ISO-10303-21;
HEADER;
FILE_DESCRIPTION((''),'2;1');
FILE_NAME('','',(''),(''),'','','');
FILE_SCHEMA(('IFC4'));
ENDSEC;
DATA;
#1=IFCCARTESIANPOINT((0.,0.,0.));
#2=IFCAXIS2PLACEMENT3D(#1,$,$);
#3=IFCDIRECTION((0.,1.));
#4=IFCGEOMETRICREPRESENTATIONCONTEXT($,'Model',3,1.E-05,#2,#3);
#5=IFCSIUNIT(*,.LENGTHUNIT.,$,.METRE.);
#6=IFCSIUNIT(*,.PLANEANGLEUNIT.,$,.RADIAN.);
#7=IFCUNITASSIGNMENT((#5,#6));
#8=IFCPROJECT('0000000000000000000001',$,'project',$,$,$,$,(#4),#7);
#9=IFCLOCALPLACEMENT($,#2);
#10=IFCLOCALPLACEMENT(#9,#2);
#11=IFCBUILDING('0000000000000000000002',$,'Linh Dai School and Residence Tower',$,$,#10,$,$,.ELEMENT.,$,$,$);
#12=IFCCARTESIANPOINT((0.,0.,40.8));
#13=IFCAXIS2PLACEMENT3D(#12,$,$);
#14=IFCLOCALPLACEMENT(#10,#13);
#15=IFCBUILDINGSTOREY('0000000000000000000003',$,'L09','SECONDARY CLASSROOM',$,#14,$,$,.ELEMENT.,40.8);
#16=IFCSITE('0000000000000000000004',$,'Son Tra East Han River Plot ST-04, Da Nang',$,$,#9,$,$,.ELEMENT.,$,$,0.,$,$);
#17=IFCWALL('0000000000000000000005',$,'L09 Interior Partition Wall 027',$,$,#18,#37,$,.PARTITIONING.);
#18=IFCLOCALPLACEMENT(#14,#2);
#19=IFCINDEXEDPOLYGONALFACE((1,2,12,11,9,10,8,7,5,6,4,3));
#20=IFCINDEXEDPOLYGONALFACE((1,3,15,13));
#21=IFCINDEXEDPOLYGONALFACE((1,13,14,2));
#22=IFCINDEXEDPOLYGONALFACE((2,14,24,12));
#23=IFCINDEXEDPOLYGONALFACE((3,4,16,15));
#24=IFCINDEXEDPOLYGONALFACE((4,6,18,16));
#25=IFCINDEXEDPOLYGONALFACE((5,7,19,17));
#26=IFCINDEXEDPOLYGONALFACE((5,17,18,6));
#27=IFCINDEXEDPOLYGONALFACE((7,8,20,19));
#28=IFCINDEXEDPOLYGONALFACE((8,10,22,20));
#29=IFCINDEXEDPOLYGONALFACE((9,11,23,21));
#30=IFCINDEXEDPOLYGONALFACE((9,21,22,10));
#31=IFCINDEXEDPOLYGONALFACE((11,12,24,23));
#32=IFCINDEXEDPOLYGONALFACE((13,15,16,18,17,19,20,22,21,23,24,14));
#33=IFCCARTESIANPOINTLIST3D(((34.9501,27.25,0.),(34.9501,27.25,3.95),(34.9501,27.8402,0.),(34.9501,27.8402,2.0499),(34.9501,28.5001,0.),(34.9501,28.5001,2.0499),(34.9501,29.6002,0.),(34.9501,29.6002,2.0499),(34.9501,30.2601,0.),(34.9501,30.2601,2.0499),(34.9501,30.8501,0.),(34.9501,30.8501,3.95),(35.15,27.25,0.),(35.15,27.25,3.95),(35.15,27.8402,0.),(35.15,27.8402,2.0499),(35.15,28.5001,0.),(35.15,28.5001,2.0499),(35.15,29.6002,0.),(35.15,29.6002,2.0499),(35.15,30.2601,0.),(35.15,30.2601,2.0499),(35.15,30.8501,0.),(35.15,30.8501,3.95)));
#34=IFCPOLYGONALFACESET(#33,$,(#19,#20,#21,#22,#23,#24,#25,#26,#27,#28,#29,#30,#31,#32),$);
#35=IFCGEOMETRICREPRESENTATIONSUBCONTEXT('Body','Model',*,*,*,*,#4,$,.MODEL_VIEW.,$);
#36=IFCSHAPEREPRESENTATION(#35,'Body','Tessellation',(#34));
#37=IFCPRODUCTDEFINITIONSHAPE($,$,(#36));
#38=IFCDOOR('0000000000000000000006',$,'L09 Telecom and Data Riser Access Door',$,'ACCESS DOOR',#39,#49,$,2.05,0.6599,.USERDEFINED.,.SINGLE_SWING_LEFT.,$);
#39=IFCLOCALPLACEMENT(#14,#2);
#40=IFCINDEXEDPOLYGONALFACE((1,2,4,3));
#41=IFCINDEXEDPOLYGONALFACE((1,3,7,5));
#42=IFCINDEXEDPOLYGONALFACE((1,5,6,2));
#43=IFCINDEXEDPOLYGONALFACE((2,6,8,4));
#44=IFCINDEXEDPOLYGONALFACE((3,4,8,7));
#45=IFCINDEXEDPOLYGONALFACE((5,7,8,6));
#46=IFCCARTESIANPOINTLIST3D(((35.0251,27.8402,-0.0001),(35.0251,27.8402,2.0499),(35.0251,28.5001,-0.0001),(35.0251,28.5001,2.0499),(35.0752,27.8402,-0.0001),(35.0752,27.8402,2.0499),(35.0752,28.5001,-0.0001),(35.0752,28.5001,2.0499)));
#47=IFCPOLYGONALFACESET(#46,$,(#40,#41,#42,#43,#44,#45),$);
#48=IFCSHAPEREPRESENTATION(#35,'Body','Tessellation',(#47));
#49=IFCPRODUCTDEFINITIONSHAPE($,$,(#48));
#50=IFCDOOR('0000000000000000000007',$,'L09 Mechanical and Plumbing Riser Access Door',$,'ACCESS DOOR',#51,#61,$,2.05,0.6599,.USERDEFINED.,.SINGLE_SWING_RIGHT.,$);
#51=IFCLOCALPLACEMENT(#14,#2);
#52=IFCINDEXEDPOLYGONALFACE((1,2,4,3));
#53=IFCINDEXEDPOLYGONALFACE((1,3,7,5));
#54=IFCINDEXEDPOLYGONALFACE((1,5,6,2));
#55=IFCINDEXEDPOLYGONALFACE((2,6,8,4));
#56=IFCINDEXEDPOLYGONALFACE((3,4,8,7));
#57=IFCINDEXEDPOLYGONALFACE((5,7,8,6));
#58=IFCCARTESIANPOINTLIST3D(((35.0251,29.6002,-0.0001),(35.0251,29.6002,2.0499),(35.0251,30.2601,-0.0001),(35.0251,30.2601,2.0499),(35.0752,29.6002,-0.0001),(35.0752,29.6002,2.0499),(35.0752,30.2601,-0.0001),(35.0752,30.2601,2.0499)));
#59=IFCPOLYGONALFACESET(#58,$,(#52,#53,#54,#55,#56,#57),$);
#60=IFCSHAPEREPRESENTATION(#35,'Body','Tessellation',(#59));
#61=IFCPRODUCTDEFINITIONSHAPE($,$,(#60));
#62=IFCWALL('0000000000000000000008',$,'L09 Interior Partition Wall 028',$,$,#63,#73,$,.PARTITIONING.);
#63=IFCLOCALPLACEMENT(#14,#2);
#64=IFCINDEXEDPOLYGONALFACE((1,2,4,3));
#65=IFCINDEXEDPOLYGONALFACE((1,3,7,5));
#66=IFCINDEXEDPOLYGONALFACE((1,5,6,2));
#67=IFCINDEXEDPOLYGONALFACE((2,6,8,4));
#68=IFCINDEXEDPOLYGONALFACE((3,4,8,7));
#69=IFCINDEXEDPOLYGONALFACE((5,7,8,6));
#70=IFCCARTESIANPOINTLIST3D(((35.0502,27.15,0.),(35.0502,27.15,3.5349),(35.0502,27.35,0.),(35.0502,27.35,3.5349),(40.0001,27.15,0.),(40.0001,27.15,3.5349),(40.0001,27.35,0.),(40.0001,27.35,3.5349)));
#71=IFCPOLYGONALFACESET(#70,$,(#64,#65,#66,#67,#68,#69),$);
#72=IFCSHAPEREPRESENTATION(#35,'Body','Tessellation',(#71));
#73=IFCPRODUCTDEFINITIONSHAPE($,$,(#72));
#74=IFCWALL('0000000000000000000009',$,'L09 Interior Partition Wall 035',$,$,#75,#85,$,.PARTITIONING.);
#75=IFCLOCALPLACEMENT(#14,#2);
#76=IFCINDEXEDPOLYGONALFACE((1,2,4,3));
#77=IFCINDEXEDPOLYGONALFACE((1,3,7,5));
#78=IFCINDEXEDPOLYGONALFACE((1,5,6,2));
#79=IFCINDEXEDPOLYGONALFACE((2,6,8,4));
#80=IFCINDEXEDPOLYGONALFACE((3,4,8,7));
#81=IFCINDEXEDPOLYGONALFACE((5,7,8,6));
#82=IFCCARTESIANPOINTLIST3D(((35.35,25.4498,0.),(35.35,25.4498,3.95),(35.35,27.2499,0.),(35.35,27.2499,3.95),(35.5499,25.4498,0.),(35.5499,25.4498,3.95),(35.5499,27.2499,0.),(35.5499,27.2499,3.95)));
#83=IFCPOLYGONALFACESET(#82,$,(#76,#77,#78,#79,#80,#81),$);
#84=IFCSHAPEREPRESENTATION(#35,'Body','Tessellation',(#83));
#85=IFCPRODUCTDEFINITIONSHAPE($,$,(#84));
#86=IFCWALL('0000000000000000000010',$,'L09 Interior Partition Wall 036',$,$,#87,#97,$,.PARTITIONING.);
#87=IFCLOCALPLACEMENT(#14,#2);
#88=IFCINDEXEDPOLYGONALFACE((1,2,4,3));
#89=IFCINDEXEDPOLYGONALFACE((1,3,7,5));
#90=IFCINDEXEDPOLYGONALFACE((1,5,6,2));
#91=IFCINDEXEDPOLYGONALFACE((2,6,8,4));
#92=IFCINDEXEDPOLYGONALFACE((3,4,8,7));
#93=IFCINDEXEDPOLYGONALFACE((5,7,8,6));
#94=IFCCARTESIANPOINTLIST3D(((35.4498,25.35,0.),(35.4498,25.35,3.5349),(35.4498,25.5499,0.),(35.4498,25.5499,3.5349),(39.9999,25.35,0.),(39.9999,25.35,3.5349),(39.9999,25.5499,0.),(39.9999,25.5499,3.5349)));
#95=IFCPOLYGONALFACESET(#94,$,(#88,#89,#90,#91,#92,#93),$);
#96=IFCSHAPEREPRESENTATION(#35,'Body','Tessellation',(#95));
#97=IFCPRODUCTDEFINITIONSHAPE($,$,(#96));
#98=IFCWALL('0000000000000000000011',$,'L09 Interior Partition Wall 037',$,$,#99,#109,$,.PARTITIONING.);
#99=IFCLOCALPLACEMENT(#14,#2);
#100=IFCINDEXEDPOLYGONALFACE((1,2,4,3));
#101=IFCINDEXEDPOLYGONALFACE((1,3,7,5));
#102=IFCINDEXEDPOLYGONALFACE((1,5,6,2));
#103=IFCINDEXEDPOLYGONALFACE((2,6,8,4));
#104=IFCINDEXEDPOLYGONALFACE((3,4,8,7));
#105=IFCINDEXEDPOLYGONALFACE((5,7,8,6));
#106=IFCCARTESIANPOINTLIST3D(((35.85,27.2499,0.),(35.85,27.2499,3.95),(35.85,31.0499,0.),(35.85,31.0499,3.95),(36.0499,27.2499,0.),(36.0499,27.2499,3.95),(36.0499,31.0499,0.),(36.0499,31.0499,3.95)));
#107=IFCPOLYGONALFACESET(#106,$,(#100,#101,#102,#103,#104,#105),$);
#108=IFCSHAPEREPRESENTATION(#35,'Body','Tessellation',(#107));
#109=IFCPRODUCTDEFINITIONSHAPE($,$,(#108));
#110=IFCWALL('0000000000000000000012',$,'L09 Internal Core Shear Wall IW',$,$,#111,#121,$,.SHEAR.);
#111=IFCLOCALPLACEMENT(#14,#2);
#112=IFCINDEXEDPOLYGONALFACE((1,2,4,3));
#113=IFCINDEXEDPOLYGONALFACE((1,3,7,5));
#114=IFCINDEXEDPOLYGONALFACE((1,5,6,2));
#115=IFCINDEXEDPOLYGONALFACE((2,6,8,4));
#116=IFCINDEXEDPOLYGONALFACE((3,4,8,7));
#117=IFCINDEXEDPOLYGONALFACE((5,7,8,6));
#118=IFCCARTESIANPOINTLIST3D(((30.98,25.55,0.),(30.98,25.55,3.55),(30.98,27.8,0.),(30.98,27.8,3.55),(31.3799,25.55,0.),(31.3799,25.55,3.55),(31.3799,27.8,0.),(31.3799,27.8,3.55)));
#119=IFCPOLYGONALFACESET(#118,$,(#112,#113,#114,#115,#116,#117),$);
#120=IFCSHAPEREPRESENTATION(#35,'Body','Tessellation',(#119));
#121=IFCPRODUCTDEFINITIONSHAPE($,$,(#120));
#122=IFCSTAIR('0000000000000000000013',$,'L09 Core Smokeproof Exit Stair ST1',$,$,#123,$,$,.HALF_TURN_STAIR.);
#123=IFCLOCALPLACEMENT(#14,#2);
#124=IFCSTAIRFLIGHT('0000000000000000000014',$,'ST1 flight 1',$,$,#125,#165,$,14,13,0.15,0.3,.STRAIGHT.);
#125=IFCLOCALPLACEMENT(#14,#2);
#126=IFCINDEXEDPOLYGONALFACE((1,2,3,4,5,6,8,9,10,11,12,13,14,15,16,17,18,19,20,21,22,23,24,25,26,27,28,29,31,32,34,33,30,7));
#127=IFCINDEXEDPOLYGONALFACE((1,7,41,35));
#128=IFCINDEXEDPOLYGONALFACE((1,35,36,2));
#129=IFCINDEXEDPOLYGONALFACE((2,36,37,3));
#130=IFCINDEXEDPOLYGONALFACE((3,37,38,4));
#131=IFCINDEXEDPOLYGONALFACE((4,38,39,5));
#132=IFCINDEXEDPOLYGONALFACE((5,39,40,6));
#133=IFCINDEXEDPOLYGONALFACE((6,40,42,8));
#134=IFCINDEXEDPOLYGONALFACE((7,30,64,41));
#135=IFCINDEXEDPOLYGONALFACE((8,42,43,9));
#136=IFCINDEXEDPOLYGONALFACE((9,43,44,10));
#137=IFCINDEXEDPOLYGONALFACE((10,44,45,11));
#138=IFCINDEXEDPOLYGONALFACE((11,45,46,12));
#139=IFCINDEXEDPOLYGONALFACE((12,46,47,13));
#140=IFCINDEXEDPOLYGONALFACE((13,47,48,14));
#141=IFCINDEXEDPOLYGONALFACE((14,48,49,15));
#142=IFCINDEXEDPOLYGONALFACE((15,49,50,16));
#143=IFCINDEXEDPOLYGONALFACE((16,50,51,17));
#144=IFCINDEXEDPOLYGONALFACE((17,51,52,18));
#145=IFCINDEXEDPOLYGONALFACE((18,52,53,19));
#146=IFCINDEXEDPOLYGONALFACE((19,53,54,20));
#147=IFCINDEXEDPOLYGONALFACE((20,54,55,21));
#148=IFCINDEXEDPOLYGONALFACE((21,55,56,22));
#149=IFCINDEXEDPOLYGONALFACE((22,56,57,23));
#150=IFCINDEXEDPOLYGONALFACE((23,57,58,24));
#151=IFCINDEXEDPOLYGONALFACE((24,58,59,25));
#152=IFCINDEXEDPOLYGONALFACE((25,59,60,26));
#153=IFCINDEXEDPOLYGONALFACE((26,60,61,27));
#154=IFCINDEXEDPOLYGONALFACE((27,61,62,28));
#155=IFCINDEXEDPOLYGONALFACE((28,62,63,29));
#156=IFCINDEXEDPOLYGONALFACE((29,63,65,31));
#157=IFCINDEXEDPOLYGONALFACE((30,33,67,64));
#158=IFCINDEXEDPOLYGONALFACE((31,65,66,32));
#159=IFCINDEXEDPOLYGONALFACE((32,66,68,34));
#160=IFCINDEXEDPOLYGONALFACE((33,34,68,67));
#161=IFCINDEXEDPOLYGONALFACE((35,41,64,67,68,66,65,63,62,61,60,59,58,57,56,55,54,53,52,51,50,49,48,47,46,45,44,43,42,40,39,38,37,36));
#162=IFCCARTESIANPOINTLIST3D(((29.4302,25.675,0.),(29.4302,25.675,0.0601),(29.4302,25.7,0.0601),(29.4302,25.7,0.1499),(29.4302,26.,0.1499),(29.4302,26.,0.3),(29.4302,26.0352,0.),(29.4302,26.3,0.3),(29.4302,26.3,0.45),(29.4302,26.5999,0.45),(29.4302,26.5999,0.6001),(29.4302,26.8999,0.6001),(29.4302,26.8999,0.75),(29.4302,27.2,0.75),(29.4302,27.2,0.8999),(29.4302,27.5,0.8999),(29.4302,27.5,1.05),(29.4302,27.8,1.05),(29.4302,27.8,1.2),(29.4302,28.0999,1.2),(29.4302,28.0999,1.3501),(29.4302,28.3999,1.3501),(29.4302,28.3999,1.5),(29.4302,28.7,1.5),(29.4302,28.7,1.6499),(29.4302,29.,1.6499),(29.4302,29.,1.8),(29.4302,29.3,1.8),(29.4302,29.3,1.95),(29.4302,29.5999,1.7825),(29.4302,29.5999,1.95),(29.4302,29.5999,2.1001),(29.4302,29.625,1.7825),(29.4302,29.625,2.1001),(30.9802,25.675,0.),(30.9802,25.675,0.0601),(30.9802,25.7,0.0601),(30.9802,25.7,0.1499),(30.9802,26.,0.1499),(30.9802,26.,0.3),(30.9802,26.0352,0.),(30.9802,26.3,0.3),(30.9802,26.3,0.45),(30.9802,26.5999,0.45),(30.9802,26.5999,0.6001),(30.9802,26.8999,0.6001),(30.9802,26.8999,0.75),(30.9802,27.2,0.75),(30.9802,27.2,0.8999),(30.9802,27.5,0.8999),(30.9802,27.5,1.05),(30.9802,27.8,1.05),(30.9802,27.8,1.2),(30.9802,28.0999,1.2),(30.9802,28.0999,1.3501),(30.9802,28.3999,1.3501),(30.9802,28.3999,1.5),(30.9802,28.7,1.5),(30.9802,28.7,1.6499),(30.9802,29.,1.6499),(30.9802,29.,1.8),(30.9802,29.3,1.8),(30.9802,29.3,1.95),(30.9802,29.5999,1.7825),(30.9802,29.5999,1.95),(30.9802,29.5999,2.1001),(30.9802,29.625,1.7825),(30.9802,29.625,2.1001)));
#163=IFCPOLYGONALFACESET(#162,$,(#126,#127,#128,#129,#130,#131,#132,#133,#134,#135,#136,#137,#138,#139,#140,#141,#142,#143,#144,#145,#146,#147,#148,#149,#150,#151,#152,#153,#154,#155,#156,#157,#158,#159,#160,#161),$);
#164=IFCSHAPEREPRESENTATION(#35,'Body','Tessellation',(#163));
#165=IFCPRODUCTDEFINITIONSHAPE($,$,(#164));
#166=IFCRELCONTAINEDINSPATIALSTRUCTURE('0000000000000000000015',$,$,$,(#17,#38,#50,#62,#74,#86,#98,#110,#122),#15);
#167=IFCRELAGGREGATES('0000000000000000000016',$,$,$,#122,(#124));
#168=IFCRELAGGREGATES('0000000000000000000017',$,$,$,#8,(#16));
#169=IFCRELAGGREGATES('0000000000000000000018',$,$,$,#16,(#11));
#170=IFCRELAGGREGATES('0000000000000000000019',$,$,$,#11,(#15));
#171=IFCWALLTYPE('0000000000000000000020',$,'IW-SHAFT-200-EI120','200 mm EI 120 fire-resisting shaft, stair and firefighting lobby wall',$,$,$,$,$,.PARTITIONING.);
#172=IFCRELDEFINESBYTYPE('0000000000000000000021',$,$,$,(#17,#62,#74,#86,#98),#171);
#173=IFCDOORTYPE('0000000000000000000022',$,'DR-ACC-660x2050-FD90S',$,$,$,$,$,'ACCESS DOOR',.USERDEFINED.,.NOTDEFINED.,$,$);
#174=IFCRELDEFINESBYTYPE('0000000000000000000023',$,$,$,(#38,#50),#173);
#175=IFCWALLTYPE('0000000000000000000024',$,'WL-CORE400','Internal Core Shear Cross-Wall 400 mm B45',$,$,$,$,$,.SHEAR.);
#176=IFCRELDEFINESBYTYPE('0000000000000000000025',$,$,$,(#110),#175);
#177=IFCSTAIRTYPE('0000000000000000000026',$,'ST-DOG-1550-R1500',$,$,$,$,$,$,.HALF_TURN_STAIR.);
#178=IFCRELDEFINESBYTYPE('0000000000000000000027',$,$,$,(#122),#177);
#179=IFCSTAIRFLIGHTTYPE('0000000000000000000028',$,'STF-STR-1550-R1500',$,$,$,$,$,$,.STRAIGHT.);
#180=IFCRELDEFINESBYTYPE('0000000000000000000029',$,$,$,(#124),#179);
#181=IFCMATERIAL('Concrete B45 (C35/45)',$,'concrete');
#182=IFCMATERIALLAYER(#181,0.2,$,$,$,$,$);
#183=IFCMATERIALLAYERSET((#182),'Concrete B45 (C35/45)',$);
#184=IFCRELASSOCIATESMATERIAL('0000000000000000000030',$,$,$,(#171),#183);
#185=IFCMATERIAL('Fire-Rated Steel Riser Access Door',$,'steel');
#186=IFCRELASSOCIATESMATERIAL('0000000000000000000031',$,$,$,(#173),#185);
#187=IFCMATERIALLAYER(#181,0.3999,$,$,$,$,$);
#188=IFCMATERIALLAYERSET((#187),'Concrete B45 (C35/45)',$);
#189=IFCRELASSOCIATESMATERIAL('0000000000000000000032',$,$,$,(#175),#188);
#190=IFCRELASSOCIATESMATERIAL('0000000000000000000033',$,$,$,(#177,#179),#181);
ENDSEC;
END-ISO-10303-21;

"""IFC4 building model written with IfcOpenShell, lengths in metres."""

from ifc_helpers import new_model, si_unit, direction, frame, frame_2d, origin, origin_2d, place, context, subcontext, project, spatial, polyline, rectangle, outline, extrude, source, transform, mapped, material, layer, layer_set, type_object, element, fill, aggregate, save


model = new_model("IFC4")

# Units and contexts
model_context = context("Model", 3, precision=1e-05, world=origin(), true_north=direction((0.0, 1.0)))
body_context = subcontext(model_context, "Body", "Model", "MODEL_VIEW")
ifc_project = project(units=[si_unit("LENGTHUNIT", "METRE"), si_unit("PLANEANGLEUNIT", "RADIAN")], contexts=[model_context])

# Site, building, storey
site_placement = place(None, origin())
site = spatial("IfcSite", under=ifc_project, at=site_placement, Name="Son Tra East Han River Plot ST-04, Da Nang", CompositionType="ELEMENT", RefElevation=0.0)
building_placement = place(site_placement, origin())
building = spatial("IfcBuilding", under=site, at=building_placement, Name="Linh Dai School and Residence Tower", CompositionType="ELEMENT")
storey_placement = place(building_placement, frame((0.0, 0.0, 40.8)))
storey = spatial("IfcBuildingStorey", under=building, at=storey_placement, Name="L09", Description="SECONDARY CLASSROOM", CompositionType="ELEMENT", Elevation=40.8)

# Shared definitions
ifc_material_1 = material(Name="Concrete B45 (C35/45)", Category="concrete")
ifc_layer_1 = layer(ifc_material_1, 0.2)
ifc_layer_set_1 = layer_set([ifc_layer_1], Name="Concrete B45 (C35/45)")
wall_type_1 = type_object("IfcWallType", Name="IW-SHAFT-200-EI120", Description="200 mm EI 120 fire-resisting shaft, stair and firefighting lobby wall", PredefinedType="PARTITIONING", material=ifc_layer_set_1)

# Wall, openings, doors
wall_1_placement = place(storey_placement, frame((35.05, 27.25, 0.0), z_axis=(0.0, 0.0, 1.0), x_axis=(0.0, 1.0, 0.0)))
wall_1 = element("IfcWall", 1, at=wall_1_placement, inside=storey, type_object=wall_type_1, Name="L09 Interior Partition Wall 027", PredefinedType="PARTITIONING", context=body_context, shape_type="SweptSolid", body=[
    extrude(rectangle(XDim=3.6001, YDim=0.2, at=frame_2d((1.8, 0.0))), origin(), (0.0, 0.0, 1.0), 3.95),
])
opening_1_placement = place(wall_1_placement, frame((0.5901, 0.0, 0.0)))
opening_1 = element("IfcOpeningElement", 2, at=opening_1_placement, cuts=wall_1, PredefinedType="OPENING", context=body_context, shape_type="SweptSolid", body=[
    extrude(rectangle(XDim=0.6599, YDim=2.05, at=origin_2d()), frame((0.3301, 0.1099, 1.0249), z_axis=(0.0, -1.0, 0.0), x_axis=(1.0, 0.0, 0.0)), (0.0, 0.0, 1.0), 0.22),
])
opening_2_placement = place(wall_1_placement, frame((2.3501, 0.0, 0.0)))
opening_2 = element("IfcOpeningElement", 3, at=opening_2_placement, cuts=wall_1, PredefinedType="OPENING", context=body_context, shape_type="SweptSolid", body=[
    extrude(rectangle(XDim=0.6599, YDim=2.05, at=origin_2d()), frame((0.3301, 0.1099, 1.0249), z_axis=(0.0, -1.0, 0.0), x_axis=(1.0, 0.0, 0.0)), (0.0, 0.0, 1.0), 0.22),
])
ifc_material_2 = material(Name="Fire-Rated Steel Riser Access Door", Category="steel")
door_type_1 = type_object("IfcDoorType", Name="DR-ACC-660x2050-FD90S", ElementType="ACCESS DOOR", OperationType="NOTDEFINED", PredefinedType="USERDEFINED", material=ifc_material_2)
shared_shape_1 = source(origin(), body_context, "Body", "SweptSolid", [
    extrude(rectangle(XDim=0.6599, YDim=2.05, at=origin_2d()), frame((0.3301, 0.0249, 1.0249), z_axis=(0.0, -1.0, 0.0), x_axis=(1.0, 0.0, 0.0)), (0.0, 0.0, 1.0), 0.05),
])
door_1_placement = place(opening_1_placement, origin())
door_1 = element("IfcDoor", 4, at=door_1_placement, inside=storey, type_object=door_type_1, Name="L09 Telecom and Data Riser Access Door", ObjectType="ACCESS DOOR", OperationType="SINGLE_SWING_LEFT", OverallHeight=2.05, OverallWidth=0.6599, PredefinedType="USERDEFINED", context=body_context, shape_type="MappedRepresentation", body=[
    mapped(shared_shape_1, transform((0.0, 0.0, 0.0), x_axis=(1.0, 0.0, 0.0), y_axis=(0.0, 1.0, 0.0), z_axis=(0.0, 0.0, 1.0), scale=1.0)),
])
fill(opening_1, door_1)
door_2_placement = place(opening_2_placement, origin())
door_2 = element("IfcDoor", 5, at=door_2_placement, inside=storey, type_object=door_type_1, Name="L09 Mechanical and Plumbing Riser Access Door", ObjectType="ACCESS DOOR", OperationType="SINGLE_SWING_RIGHT", OverallHeight=2.05, OverallWidth=0.6599, PredefinedType="USERDEFINED", context=body_context, shape_type="MappedRepresentation", body=[
    mapped(shared_shape_1, transform((0.0, 0.0, 0.0), x_axis=(1.0, 0.0, 0.0), y_axis=(0.0, 1.0, 0.0), z_axis=(0.0, 0.0, 1.0), scale=1.0)),
])
fill(opening_2, door_2)

# Walls
wall_2_placement = place(storey_placement, frame((35.05, 27.25, 0.0), z_axis=(0.0, 0.0, 1.0), x_axis=(1.0, 0.0, 0.0)))
element("IfcWall", 6, at=wall_2_placement, inside=storey, type_object=wall_type_1, Name="L09 Interior Partition Wall 028", PredefinedType="PARTITIONING", context=body_context, shape_type="SweptSolid", body=[
    extrude(rectangle(XDim=4.95, YDim=0.2, at=frame_2d((2.4751, 0.0))), origin(), (0.0, 0.0, 1.0), 3.5349),
])
wall_3_placement = place(storey_placement, frame((35.45, 25.45, 0.0), z_axis=(0.0, 0.0, 1.0), x_axis=(0.0, 1.0, 0.0)))
element("IfcWall", 7, at=wall_3_placement, inside=storey, type_object=wall_type_1, Name="L09 Interior Partition Wall 035", PredefinedType="PARTITIONING", context=body_context, shape_type="SweptSolid", body=[
    extrude(rectangle(XDim=1.8, YDim=0.2, at=frame_2d((0.8999, 0.0))), origin(), (0.0, 0.0, 1.0), 3.95),
])
wall_4_placement = place(storey_placement, frame((35.45, 25.45, 0.0), z_axis=(0.0, 0.0, 1.0), x_axis=(1.0, 0.0, 0.0)))
element("IfcWall", 8, at=wall_4_placement, inside=storey, type_object=wall_type_1, Name="L09 Interior Partition Wall 036", PredefinedType="PARTITIONING", context=body_context, shape_type="SweptSolid", body=[
    extrude(rectangle(XDim=4.55, YDim=0.2, at=frame_2d((2.2749, 0.0))), origin(), (0.0, 0.0, 1.0), 3.5349),
])
wall_5_placement = place(storey_placement, frame((35.95, 27.25, 0.0), z_axis=(0.0, 0.0, 1.0), x_axis=(0.0, 1.0, 0.0)))
element("IfcWall", 9, at=wall_5_placement, inside=storey, type_object=wall_type_1, Name="L09 Interior Partition Wall 037", PredefinedType="PARTITIONING", context=body_context, shape_type="SweptSolid", body=[
    extrude(rectangle(XDim=3.8, YDim=0.2, at=frame_2d((1.8999, 0.0))), origin(), (0.0, 0.0, 1.0), 3.95),
])
ifc_layer_2 = layer(ifc_material_1, 0.3999)
ifc_layer_set_2 = layer_set([ifc_layer_2], Name="Concrete B45 (C35/45)")
wall_type_2 = type_object("IfcWallType", Name="WL-CORE400", Description="Internal Core Shear Cross-Wall 400 mm B45", PredefinedType="SHEAR", material=ifc_layer_set_2)
wall_6_placement = place(storey_placement, frame((31.1799, 25.55, 0.0), z_axis=(0.0, 0.0, 1.0), x_axis=(0.0, 1.0, 0.0)))
element("IfcWall", 10, at=wall_6_placement, inside=storey, type_object=wall_type_2, Name="L09 Internal Core Shear Wall IW", PredefinedType="SHEAR", context=body_context, shape_type="SweptSolid", body=[
    extrude(rectangle(XDim=2.25, YDim=0.3999, at=frame_2d((1.125, 0.0))), origin(), (0.0, 0.0, 1.0), 3.55),
])

# Stair, stair flight
stair_type = type_object("IfcStairType", Name="ST-DOG-1550-R1500", PredefinedType="HALF_TURN_STAIR", material=ifc_material_1)
stair_placement = place(storey_placement, origin())
stair = element("IfcStair", 11, at=stair_placement, inside=storey, type_object=stair_type, Name="L09 Core Smokeproof Exit Stair ST1", PredefinedType="HALF_TURN_STAIR")
stair_flight_type = type_object("IfcStairFlightType", Name="STF-STR-1550-R1500", PredefinedType="STRAIGHT", material=ifc_material_1)
shared_shape_2 = source(origin(), body_context, "Body", "SweptSolid", [
    extrude(outline(polyline([(-0.0249, 0.0), (-0.0249, 0.0601), (0.0, 0.0601), (0.0, 0.1499), (0.3, 0.1499), (0.3, 0.3), (0.6001, 0.3), (0.6001, 0.45), (0.8999, 0.45), (0.8999, 0.6001), (1.2, 0.6001), (1.2, 0.75), (1.5, 0.75), (1.5, 0.8999), (1.8, 0.8999), (1.8, 1.05), (2.1001, 1.05), (2.1001, 1.2), (2.3999, 1.2), (2.3999, 1.3501), (2.7, 1.3501), (2.7, 1.5), (3.0, 1.5), (3.0, 1.6499), (3.3, 1.6499), (3.3, 1.8), (3.6001, 1.8), (3.6001, 1.95), (3.8999, 1.95), (3.8999, 2.1001), (3.925, 2.1001), (3.925, 1.7825), (3.8999, 1.7825), (0.3352, 0.0), (-0.0249, 0.0)])), frame((0.0, 0.7749, 0.0), z_axis=(0.0, -1.0, 0.0), x_axis=(1.0, 0.0, 0.0)), (0.0, 0.0, 1.0), 1.55),
])
stair_flight_placement = place(storey_placement, frame((30.2051, 25.7, 0.0), z_axis=(0.0, 0.0, 1.0), x_axis=(0.0, 1.0, 0.0)))
stair_flight = element("IfcStairFlight", 12, at=stair_flight_placement, type_object=stair_flight_type, Name="ST1 flight 1", NumberOfRisers=14, NumberOfTreads=13, PredefinedType="STRAIGHT", RiserHeight=0.15, TreadLength=0.3, context=body_context, shape_type="MappedRepresentation", body=[
    mapped(shared_shape_2, transform((0.0, 0.0, 0.0), x_axis=(1.0, 0.0, 0.0), y_axis=(0.0, 1.0, 0.0), z_axis=(0.0, 0.0, 1.0), scale=1.0)),
])
aggregate(stair, [stair_flight])

save(model, "model.ifc")
